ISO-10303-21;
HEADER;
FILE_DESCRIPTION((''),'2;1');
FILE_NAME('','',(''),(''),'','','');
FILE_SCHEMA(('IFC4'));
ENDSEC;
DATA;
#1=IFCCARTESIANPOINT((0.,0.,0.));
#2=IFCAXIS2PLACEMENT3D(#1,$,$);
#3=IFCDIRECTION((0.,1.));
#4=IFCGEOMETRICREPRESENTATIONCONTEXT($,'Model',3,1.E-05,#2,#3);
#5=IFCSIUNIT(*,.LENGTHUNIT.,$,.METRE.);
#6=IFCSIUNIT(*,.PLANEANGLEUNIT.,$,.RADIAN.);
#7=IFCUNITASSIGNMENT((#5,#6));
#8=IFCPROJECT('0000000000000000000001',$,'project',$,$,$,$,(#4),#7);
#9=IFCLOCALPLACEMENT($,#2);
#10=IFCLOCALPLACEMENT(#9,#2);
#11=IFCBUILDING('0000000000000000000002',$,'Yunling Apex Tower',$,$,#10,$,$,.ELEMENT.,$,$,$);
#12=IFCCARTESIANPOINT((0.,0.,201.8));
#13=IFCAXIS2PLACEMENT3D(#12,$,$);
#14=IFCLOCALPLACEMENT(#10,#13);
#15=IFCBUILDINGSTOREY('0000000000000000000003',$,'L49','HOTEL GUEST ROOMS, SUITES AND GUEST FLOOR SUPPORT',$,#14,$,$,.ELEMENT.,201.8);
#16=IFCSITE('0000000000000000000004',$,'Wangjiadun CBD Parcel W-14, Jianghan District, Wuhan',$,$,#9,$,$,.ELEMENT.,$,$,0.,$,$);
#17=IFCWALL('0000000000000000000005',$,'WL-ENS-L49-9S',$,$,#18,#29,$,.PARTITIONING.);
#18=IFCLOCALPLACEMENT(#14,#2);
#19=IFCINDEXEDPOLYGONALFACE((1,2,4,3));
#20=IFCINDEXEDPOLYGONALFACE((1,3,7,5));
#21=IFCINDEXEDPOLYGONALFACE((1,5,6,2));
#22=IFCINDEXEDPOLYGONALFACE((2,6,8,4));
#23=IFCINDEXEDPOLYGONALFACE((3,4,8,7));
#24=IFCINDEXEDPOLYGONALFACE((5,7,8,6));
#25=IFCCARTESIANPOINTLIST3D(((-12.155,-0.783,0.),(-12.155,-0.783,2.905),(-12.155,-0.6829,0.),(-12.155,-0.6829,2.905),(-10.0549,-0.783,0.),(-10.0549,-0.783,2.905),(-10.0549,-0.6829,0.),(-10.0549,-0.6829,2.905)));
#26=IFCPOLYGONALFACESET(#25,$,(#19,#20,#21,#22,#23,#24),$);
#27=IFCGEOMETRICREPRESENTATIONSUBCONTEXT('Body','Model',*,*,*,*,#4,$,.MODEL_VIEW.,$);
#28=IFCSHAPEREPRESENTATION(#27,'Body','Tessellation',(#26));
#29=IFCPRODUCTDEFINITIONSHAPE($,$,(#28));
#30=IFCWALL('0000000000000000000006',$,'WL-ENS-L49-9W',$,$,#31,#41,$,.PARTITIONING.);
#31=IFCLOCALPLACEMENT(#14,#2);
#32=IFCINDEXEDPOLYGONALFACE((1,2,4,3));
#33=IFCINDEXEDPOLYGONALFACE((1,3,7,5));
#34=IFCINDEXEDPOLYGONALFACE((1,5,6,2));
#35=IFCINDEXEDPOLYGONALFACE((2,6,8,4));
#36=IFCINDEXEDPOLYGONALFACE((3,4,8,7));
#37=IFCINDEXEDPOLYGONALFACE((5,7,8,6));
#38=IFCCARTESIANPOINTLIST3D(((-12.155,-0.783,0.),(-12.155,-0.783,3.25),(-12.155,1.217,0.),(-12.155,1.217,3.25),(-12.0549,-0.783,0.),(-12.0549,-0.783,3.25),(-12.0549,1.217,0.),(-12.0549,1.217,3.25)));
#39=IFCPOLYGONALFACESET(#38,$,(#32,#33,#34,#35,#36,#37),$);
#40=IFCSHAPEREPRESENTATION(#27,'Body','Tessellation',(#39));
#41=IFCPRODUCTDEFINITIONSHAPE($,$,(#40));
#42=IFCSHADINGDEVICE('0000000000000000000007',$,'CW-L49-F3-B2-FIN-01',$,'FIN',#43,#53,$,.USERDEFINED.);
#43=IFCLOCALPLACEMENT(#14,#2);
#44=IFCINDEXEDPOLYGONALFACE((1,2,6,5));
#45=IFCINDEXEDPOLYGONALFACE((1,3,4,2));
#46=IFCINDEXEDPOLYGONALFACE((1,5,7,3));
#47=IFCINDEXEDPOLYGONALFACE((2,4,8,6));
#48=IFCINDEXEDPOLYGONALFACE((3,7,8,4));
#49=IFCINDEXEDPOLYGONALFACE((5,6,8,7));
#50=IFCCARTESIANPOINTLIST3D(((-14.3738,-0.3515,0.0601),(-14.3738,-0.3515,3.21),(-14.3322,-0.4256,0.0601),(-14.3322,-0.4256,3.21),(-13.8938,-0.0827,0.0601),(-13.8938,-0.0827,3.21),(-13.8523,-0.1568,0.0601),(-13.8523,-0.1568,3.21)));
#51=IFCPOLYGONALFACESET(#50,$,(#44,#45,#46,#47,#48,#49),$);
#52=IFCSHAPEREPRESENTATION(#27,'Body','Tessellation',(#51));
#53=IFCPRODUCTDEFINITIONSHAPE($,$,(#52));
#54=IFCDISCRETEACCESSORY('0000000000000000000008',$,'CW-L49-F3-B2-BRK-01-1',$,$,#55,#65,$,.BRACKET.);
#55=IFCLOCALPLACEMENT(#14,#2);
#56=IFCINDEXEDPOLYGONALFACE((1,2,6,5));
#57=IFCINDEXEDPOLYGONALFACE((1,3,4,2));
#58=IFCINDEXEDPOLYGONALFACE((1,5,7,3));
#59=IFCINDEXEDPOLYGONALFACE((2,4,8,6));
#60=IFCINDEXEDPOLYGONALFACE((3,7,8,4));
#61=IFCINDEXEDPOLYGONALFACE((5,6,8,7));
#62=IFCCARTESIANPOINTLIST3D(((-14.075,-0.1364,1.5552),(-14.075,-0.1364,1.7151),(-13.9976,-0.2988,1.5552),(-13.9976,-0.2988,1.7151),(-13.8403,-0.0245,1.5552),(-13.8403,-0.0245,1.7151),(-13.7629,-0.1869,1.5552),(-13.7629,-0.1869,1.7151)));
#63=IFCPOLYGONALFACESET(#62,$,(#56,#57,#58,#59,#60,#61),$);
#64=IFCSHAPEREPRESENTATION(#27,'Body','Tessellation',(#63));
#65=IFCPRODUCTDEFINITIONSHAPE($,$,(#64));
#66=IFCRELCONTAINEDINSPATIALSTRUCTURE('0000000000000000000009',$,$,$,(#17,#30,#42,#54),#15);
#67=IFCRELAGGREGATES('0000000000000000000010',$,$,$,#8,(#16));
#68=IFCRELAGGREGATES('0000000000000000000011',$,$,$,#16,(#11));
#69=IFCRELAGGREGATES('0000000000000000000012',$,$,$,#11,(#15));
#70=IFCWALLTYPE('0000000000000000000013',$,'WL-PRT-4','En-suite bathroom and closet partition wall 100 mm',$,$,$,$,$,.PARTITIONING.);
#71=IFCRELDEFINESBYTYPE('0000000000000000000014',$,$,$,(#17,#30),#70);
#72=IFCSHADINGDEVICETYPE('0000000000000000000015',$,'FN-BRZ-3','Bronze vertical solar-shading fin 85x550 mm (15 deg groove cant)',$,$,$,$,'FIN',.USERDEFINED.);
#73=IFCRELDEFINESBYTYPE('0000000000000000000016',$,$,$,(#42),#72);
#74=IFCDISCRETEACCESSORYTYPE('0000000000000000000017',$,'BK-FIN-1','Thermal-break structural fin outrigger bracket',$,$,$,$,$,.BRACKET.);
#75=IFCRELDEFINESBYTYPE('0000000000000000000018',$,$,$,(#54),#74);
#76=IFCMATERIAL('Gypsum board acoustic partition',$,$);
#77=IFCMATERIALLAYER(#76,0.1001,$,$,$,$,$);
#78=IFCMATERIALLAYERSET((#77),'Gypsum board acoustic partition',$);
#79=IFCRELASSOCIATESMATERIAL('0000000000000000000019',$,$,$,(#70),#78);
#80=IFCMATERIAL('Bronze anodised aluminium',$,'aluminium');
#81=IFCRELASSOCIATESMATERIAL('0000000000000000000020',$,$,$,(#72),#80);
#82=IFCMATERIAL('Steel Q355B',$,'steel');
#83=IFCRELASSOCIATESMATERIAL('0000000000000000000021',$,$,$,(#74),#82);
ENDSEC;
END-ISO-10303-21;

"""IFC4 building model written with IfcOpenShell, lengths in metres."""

from ifc_helpers import new_model, si_unit, direction, frame, frame_2d, origin, origin_2d, place, context, subcontext, project, spatial, rectangle, extrude, source, transform, mapped, material, layer, layer_set, material_profile, profile_set, type_object, element, save


model = new_model("IFC4")

# Units and contexts
model_context = context("Model", 3, precision=1e-05, world=origin(), true_north=direction((0.0, 1.0)))
body_context = subcontext(model_context, "Body", "Model", "MODEL_VIEW")
ifc_project = project(units=[si_unit("LENGTHUNIT", "METRE"), si_unit("PLANEANGLEUNIT", "RADIAN")], contexts=[model_context])

# Site, building, storey
site_placement = place(None, origin())
site = spatial("IfcSite", under=ifc_project, at=site_placement, Name="Wangjiadun CBD Parcel W-14, Jianghan District, Wuhan", CompositionType="ELEMENT", RefElevation=0.0)
building_placement = place(site_placement, origin())
building = spatial("IfcBuilding", under=site, at=building_placement, Name="Yunling Apex Tower", CompositionType="ELEMENT")
storey_placement = place(building_placement, frame((0.0, 0.0, 201.8)))
storey = spatial("IfcBuildingStorey", under=building, at=storey_placement, Name="L49", Description="HOTEL GUEST ROOMS, SUITES AND GUEST FLOOR SUPPORT", CompositionType="ELEMENT", Elevation=201.8)

# Shared definitions
ifc_material_1 = material(Name="Steel Q355B", Category="steel")

# Shared definitions
ifc_material_2 = material(Name="Bronze anodised aluminium", Category="aluminium")

# Walls
ifc_material_3 = material(Name="Gypsum board acoustic partition")
ifc_layer_1 = layer(ifc_material_3, 0.1001)
ifc_layer_set_1 = layer_set([ifc_layer_1], Name="Gypsum board acoustic partition")
wall_type = type_object("IfcWallType", Name="WL-PRT-4", Description="En-suite bathroom and closet partition wall 100 mm", PredefinedType="PARTITIONING", material=ifc_layer_set_1)
wall_1_placement = place(storey_placement, frame((-10.0549, -0.7329, 0.0), z_axis=(0.0, 0.0, 1.0), x_axis=(-1.0, 0.0, 0.0)))
element("IfcWall", 1, at=wall_1_placement, inside=storey, type_object=wall_type, Name="WL-ENS-L49-9S", PredefinedType="PARTITIONING", context=body_context, shape_type="SweptSolid", body=[
    extrude(rectangle(XDim=2.1001, YDim=0.1001, at=frame_2d((1.05, 0.0))), origin(), (0.0, 0.0, 1.0), 2.905),
])
wall_2_placement = place(storey_placement, frame((-12.105, -0.783, 0.0), z_axis=(0.0, 0.0, 1.0), x_axis=(0.0, 1.0, 0.0)))
element("IfcWall", 2, at=wall_2_placement, inside=storey, type_object=wall_type, Name="WL-ENS-L49-9W", PredefinedType="PARTITIONING", context=body_context, shape_type="SweptSolid", body=[
    extrude(rectangle(XDim=2.0, YDim=0.1001, at=frame_2d((1.0, 0.0))), origin(), (0.0, 0.0, 1.0), 3.25),
])

# Shading device
ifc_material_profile_1 = material_profile(ifc_material_2, rectangle(XDim=0.085, YDim=0.55, at=origin_2d()))
ifc_profile_set_1 = profile_set([ifc_material_profile_1], Name="Bronze anodised aluminium")
shading_device_type = type_object("IfcShadingDeviceType", Name="FN-BRZ-3", Description="Bronze vertical solar-shading fin 85x550 mm (15 deg groove cant)", ElementType="FIN", PredefinedType="USERDEFINED", material=ifc_profile_set_1)
shared_shape_1 = source(origin(), body_context, "Body", "SweptSolid", [
    extrude(rectangle(XDim=0.085, YDim=0.55, at=origin_2d()), origin(), (0.0, 0.0, 1.0), 3.1499),
])
shading_device_placement = place(storey_placement, frame((-14.113, -0.2542, 0.0601), z_axis=(0.0, 0.0, 1.0), x_axis=(0.488621, -0.872496, 0.0)))
element("IfcShadingDevice", 3, at=shading_device_placement, inside=storey, type_object=shading_device_type, Name="CW-L49-F3-B2-FIN-01", ObjectType="FIN", PredefinedType="USERDEFINED", context=body_context, shape_type="MappedRepresentation", body=[
    mapped(shared_shape_1, transform((0.0, 0.0, 0.0), scale=1.0)),
])

# Discrete accessory
discrete_accessory_type = type_object("IfcDiscreteAccessoryType", Name="BK-FIN-1", Description="Thermal-break structural fin outrigger bracket", PredefinedType="BRACKET", material=ifc_material_1)
shared_shape_2 = source(origin(), body_context, "Body", "SweptSolid", [
    extrude(rectangle(XDim=0.1799, YDim=0.26, at=origin_2d()), origin(), (0.0, 0.0, 1.0), 0.1599),
])
discrete_accessory_placement = place(storey_placement, frame((-13.9189, -0.1616, 1.5552), z_axis=(0.0, 0.0, 1.0), x_axis=(0.430511, -0.902585, 0.0)))
element("IfcDiscreteAccessory", 4, at=discrete_accessory_placement, inside=storey, type_object=discrete_accessory_type, Name="CW-L49-F3-B2-BRK-01-1", PredefinedType="BRACKET", context=body_context, shape_type="MappedRepresentation", body=[
    mapped(shared_shape_2, transform((0.0, 0.0, 0.0), scale=1.0)),
])

save(model, "model.ifc")
